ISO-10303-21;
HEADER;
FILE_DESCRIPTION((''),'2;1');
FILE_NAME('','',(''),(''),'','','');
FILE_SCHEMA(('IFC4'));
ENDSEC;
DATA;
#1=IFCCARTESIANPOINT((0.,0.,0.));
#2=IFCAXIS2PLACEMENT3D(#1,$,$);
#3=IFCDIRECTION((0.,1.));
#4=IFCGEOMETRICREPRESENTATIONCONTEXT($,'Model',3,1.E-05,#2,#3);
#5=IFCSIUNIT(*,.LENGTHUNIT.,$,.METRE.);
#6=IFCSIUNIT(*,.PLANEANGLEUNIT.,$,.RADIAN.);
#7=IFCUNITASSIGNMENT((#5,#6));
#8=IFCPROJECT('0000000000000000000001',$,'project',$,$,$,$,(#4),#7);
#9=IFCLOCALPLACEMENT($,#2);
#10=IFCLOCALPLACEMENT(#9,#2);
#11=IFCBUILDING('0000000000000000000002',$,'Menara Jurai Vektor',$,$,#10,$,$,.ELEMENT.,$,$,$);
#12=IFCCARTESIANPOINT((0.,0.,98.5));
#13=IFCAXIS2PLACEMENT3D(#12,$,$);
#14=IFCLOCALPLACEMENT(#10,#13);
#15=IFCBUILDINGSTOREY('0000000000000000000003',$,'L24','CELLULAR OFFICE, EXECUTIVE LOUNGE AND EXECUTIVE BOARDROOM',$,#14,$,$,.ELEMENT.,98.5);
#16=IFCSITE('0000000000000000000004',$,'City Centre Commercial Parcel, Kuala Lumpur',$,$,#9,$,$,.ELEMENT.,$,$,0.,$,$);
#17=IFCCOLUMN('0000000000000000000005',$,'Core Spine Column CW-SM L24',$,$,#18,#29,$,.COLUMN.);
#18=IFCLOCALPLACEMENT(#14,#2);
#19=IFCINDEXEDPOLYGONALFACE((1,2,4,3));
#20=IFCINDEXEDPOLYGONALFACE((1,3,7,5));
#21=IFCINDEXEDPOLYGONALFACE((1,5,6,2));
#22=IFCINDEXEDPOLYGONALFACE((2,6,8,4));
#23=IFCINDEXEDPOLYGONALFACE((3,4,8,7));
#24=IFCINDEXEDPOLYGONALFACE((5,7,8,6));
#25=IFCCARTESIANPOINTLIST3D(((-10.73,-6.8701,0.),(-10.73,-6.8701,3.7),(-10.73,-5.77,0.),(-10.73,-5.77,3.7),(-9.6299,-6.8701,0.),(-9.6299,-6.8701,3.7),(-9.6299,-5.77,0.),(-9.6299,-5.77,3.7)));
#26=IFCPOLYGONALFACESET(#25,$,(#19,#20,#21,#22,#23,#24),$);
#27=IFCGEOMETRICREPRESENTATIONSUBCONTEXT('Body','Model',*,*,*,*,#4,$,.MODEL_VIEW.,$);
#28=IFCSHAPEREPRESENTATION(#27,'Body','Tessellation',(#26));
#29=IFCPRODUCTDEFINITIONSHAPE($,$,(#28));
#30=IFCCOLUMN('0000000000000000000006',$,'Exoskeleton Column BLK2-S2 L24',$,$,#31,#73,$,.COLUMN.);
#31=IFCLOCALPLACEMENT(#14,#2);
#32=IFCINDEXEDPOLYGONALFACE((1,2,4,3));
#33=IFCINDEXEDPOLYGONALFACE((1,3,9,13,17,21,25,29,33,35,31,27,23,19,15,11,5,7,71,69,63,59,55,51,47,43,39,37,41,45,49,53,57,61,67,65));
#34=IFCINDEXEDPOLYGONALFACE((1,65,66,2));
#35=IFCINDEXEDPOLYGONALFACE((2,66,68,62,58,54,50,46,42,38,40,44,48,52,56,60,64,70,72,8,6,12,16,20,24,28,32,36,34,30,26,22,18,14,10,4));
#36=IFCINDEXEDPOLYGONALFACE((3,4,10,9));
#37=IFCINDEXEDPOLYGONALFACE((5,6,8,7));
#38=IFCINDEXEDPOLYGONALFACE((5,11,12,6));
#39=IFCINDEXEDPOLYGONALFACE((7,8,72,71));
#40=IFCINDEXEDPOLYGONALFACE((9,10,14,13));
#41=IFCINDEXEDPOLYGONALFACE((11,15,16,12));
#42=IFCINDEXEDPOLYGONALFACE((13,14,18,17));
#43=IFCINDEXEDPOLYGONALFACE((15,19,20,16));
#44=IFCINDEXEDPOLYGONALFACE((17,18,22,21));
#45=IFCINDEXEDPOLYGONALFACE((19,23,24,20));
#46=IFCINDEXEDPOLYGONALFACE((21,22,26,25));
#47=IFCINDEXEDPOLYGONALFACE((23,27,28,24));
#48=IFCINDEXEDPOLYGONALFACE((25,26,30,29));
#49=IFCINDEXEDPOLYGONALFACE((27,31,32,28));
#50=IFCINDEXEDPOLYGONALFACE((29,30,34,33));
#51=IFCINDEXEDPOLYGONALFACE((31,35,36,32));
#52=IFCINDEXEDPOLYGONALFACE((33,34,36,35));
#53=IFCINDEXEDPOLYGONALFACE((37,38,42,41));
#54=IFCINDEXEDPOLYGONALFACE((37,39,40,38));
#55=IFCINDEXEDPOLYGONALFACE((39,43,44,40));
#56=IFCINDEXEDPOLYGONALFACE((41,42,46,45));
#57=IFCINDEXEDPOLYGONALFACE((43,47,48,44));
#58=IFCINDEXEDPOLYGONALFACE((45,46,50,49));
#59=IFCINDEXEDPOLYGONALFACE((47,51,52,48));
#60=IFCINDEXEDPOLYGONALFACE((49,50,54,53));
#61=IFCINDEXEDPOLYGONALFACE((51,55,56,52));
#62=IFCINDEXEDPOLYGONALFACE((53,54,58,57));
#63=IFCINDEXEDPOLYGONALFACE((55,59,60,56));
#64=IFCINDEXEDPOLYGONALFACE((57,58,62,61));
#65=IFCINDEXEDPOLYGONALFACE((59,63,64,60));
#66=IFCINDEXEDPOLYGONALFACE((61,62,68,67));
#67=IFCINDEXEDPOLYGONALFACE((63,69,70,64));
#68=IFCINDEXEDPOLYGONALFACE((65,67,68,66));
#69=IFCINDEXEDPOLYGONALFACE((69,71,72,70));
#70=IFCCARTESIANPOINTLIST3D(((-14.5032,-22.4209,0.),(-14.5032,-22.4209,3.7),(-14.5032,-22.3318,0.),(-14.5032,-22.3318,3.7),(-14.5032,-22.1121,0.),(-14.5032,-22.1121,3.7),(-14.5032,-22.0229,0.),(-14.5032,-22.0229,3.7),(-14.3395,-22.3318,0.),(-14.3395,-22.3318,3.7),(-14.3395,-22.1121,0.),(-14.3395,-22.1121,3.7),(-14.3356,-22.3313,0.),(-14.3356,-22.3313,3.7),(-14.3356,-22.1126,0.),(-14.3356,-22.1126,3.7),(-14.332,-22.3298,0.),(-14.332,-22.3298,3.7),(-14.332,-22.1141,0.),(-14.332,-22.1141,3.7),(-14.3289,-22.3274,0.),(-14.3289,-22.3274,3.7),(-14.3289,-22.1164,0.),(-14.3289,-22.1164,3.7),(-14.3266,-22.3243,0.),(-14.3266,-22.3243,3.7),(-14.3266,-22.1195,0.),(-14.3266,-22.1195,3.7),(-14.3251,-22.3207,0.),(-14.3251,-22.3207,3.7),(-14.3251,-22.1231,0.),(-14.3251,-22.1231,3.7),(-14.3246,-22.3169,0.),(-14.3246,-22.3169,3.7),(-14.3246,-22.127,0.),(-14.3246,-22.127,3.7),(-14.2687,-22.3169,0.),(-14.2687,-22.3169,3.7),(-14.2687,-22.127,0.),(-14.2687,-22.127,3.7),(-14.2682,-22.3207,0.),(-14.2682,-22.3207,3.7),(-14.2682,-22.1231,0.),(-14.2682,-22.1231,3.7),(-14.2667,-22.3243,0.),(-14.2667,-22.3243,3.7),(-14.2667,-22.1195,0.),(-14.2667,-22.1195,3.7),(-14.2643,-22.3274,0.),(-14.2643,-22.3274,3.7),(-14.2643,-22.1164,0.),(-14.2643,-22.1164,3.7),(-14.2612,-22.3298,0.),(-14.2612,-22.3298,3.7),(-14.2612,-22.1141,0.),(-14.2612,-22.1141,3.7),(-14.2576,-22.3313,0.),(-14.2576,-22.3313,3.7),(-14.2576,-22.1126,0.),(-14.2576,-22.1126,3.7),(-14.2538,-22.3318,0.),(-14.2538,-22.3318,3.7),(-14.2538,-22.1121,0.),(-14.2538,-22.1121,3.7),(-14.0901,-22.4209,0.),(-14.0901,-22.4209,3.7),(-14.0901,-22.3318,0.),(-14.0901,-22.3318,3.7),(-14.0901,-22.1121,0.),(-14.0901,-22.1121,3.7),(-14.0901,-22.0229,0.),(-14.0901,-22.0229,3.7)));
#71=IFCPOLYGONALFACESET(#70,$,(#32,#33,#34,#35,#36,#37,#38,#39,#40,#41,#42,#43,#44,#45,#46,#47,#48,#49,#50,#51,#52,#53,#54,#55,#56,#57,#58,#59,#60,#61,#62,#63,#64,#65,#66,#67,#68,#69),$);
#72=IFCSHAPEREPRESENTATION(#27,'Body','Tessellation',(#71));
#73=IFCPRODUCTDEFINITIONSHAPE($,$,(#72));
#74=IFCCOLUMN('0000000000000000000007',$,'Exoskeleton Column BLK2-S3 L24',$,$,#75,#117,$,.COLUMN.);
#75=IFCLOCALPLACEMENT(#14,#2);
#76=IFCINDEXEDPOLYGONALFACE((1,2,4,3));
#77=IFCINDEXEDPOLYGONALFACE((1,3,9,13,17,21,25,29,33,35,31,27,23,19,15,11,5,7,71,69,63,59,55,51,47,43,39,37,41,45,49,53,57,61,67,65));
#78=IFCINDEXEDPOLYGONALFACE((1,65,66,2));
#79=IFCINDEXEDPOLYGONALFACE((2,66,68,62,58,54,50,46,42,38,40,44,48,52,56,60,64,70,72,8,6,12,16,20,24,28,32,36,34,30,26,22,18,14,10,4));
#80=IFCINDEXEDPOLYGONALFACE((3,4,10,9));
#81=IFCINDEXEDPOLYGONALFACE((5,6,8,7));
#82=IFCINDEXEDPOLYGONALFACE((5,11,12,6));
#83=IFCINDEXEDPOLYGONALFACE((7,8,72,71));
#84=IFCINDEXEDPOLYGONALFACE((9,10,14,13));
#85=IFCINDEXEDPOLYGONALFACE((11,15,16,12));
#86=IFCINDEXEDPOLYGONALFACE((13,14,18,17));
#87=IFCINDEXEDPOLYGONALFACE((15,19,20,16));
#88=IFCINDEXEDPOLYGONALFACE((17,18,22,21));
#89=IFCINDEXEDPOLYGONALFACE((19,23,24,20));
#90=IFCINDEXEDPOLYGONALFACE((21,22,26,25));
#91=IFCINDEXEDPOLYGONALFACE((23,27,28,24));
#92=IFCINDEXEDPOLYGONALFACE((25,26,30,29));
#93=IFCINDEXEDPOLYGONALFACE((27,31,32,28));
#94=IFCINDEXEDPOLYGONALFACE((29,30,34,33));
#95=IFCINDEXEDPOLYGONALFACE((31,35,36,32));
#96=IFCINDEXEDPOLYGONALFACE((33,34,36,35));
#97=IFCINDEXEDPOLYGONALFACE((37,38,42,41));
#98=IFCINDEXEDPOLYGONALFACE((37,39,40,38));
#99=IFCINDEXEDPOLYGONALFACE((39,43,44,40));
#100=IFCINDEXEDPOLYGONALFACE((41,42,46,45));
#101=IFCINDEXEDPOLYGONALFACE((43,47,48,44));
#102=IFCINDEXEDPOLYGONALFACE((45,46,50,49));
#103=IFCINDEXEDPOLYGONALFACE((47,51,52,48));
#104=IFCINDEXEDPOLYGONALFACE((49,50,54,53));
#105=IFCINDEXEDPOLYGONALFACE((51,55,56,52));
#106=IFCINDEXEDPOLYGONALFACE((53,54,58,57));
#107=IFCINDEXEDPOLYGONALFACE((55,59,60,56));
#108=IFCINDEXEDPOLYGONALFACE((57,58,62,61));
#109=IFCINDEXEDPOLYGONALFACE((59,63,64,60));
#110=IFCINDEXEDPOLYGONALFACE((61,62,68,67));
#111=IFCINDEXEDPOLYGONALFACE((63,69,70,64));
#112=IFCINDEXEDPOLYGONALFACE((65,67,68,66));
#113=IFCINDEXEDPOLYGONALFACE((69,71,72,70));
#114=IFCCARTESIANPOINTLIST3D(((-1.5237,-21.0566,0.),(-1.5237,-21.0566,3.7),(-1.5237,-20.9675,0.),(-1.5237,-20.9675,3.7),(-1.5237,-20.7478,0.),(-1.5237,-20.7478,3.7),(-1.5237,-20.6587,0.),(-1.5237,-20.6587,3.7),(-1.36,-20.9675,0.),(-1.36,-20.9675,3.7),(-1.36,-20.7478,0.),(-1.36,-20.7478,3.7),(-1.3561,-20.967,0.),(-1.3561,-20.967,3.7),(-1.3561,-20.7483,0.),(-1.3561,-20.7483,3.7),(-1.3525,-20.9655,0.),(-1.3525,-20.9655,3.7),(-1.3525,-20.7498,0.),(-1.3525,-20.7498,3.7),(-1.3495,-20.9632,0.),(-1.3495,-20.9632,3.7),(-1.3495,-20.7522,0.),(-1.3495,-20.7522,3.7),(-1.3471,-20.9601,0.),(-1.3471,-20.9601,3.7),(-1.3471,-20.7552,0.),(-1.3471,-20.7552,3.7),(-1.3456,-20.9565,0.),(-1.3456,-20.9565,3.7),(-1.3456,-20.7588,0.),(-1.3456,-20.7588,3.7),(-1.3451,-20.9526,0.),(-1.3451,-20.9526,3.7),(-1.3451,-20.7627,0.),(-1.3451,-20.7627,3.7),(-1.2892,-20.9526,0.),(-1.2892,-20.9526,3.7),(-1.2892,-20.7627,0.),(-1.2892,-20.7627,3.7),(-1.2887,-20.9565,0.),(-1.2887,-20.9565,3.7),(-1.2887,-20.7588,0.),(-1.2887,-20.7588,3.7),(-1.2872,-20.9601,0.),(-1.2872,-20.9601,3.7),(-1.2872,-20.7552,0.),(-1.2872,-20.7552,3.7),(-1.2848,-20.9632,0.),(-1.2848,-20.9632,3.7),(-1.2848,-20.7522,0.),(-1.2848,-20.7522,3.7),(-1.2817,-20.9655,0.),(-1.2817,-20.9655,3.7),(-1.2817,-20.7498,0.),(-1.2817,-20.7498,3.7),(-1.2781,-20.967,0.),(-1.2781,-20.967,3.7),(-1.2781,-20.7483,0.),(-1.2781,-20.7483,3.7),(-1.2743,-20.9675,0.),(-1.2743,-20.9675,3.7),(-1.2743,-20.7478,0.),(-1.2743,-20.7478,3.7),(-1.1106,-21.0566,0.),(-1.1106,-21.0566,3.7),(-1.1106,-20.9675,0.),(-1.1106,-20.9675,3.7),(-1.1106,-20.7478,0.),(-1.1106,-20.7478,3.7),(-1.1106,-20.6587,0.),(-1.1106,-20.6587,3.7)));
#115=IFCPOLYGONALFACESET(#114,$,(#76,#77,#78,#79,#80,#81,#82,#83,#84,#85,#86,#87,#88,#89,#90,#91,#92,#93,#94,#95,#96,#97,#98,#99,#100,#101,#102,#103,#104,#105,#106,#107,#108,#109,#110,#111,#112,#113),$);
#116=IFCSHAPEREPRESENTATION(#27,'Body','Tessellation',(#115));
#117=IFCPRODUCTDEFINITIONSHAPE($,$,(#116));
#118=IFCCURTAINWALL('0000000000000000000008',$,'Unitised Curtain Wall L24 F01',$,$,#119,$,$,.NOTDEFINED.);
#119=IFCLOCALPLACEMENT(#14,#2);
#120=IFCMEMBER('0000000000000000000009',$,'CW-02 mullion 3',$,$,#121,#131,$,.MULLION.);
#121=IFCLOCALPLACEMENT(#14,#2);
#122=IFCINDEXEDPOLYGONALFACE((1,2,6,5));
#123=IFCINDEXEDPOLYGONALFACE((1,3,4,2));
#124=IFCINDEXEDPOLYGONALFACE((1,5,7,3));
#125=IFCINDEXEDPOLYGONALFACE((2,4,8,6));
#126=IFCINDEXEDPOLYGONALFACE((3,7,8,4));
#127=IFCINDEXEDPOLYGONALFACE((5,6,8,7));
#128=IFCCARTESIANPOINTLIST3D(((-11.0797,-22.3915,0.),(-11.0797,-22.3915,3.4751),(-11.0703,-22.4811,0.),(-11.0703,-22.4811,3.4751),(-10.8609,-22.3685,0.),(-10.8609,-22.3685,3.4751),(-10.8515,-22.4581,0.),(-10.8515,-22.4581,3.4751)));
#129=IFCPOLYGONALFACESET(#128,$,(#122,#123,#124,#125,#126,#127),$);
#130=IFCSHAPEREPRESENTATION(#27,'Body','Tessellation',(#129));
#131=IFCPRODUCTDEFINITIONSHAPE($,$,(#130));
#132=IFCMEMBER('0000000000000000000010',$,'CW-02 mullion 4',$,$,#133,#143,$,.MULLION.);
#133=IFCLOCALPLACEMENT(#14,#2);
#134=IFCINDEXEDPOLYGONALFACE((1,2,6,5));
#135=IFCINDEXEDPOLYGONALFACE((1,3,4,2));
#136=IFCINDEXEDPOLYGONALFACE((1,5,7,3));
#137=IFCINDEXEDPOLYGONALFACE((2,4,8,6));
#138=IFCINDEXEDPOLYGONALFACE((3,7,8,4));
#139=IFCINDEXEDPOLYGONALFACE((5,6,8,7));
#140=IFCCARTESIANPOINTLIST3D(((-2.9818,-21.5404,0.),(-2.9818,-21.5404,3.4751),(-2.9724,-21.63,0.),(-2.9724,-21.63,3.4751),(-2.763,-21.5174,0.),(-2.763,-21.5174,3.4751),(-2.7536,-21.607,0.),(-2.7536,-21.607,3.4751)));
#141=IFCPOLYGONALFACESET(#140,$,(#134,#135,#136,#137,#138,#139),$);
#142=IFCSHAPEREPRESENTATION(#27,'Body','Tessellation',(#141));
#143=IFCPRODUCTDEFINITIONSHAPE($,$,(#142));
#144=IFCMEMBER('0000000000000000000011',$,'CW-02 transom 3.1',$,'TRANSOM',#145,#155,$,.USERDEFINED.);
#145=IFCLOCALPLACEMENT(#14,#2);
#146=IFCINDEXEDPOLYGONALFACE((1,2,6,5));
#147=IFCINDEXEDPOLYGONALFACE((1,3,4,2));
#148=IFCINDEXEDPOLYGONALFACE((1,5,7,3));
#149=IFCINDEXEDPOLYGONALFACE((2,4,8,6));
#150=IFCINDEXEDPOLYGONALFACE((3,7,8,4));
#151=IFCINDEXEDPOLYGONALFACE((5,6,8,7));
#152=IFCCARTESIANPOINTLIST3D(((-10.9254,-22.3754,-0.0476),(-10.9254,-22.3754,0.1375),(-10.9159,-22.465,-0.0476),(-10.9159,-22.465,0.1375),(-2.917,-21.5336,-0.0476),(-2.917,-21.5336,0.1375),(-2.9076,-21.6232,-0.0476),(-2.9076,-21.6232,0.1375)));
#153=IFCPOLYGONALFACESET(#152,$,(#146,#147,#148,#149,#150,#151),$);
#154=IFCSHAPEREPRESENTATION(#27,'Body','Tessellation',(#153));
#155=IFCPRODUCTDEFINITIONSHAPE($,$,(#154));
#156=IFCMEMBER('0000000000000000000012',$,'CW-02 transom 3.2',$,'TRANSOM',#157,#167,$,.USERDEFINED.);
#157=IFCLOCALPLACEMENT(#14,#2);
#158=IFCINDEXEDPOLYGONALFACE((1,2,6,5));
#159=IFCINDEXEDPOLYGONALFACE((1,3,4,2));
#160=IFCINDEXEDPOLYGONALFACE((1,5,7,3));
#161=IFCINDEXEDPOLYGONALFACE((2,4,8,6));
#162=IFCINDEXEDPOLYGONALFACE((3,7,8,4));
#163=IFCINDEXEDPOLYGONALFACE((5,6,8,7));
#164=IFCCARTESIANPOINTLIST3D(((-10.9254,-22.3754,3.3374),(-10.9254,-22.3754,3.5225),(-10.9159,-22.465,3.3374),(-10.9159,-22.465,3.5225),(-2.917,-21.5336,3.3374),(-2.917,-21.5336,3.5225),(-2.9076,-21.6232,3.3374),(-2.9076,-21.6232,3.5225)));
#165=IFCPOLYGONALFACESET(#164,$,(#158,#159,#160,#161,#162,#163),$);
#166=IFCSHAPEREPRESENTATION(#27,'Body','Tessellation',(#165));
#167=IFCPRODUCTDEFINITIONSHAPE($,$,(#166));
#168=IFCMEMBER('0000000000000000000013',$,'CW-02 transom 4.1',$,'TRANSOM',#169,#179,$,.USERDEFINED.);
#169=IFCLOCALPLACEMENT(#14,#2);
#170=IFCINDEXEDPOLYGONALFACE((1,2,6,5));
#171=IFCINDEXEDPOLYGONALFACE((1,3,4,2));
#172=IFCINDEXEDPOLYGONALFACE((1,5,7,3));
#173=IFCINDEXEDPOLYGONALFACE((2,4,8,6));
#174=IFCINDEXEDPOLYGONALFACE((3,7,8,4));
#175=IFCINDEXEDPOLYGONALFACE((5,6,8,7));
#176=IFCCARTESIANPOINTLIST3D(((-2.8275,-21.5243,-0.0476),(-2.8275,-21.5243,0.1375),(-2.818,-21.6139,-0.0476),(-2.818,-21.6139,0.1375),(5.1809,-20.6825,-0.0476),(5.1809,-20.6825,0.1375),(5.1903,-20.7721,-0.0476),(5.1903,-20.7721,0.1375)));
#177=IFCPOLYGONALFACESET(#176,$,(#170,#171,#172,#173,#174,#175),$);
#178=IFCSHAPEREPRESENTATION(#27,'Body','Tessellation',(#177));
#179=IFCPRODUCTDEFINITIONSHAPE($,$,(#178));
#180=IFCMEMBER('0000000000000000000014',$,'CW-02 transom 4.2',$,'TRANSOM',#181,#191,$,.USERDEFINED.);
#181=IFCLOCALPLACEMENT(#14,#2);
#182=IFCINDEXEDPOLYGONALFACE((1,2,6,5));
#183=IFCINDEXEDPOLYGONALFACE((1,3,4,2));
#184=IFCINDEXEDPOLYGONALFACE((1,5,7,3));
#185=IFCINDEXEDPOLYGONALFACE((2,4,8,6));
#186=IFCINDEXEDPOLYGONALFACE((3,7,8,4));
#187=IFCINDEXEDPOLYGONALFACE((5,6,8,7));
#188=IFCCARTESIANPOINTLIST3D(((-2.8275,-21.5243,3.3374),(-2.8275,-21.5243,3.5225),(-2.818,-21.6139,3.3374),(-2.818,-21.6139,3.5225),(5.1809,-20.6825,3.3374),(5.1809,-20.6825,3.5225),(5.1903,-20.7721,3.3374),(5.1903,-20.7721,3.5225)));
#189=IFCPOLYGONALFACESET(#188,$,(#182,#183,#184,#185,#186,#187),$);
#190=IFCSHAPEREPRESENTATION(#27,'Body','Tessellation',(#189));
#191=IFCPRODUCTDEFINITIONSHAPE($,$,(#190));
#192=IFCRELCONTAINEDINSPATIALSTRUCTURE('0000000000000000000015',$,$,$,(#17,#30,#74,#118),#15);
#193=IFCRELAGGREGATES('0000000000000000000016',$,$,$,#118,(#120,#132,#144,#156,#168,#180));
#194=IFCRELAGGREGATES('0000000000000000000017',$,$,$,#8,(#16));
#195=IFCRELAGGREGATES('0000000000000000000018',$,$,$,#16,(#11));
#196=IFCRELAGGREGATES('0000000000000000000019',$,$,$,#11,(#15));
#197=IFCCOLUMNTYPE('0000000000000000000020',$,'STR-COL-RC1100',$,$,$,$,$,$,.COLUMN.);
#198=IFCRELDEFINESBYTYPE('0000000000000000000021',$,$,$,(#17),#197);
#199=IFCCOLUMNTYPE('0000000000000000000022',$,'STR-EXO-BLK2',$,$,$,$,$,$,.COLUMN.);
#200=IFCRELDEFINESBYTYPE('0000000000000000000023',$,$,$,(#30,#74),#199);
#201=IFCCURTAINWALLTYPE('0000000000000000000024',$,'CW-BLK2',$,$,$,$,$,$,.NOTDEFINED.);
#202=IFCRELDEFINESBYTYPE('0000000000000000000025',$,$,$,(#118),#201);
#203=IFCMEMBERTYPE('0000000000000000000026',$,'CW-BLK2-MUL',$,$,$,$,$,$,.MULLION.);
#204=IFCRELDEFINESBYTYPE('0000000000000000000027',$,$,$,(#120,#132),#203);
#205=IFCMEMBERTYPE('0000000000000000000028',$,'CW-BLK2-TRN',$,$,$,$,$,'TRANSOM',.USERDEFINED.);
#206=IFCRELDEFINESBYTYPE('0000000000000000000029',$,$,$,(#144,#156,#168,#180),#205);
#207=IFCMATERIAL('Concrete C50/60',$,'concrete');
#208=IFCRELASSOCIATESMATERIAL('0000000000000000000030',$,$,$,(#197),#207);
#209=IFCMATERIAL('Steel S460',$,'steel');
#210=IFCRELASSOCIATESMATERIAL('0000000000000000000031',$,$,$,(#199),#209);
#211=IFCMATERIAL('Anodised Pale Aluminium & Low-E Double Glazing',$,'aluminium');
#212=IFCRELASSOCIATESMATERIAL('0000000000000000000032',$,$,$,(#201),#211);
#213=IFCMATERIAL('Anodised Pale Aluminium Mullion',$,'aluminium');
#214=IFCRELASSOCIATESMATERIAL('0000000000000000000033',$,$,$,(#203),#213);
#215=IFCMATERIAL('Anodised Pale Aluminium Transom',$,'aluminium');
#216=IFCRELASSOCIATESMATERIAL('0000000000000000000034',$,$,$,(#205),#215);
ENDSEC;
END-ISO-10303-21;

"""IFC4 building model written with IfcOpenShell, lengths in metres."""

from ifc_helpers import new_model, si_unit, direction, frame, origin, origin_2d, place, context, subcontext, project, spatial, rectangle, i_section, extrude, material, material_profile, profile_set, type_object, element, aggregate, save


model = new_model("IFC4")

# Units and contexts
model_context = context("Model", 3, precision=1e-05, world=origin(), true_north=direction((0.0, 1.0)))
body_context = subcontext(model_context, "Body", "Model", "MODEL_VIEW")
ifc_project = project(units=[si_unit("LENGTHUNIT", "METRE"), si_unit("PLANEANGLEUNIT", "RADIAN")], contexts=[model_context])

# Site, building, storey
site_placement = place(None, origin())
site = spatial("IfcSite", under=ifc_project, at=site_placement, Name="City Centre Commercial Parcel, Kuala Lumpur", CompositionType="ELEMENT", RefElevation=0.0)
building_placement = place(site_placement, origin())
building = spatial("IfcBuilding", under=site, at=building_placement, Name="Menara Jurai Vektor", CompositionType="ELEMENT")
storey_placement = place(building_placement, frame((0.0, 0.0, 98.5)))
storey = spatial("IfcBuildingStorey", under=building, at=storey_placement, Name="L24", Description="CELLULAR OFFICE, EXECUTIVE LOUNGE AND EXECUTIVE BOARDROOM", CompositionType="ELEMENT", Elevation=98.5)

# Columns
ifc_material_1 = material(Name="Concrete C50/60", Category="concrete")
ifc_material_profile_1 = material_profile(ifc_material_1, rectangle(XDim=1.1001, YDim=1.1001, at=origin_2d()), Name="RC 1100x1100")
ifc_profile_set_1 = profile_set([ifc_material_profile_1], Name="Concrete C50/60")
column_type_1 = type_object("IfcColumnType", Name="STR-COL-RC1100", PredefinedType="COLUMN", material=ifc_profile_set_1)
column_placement = place(storey_placement, frame((-10.1799, -6.3201, 0.0), z_axis=(0.0, 0.0, 1.0), x_axis=(1.0, 0.0, 0.0)))
element("IfcColumn", 1, at=column_placement, inside=storey, type_object=column_type_1, Name="Core Spine Column CW-SM L24", PredefinedType="COLUMN", context=body_context, shape_type="SweptSolid", body=[
    extrude(rectangle(XDim=1.1001, YDim=1.1001, at=origin_2d()), origin(), (0.0, 0.0, 1.0), 3.7),
])
ifc_material_2 = material(Name="Steel S460", Category="steel")
ifc_material_profile_2 = material_profile(ifc_material_2, i_section(OverallWidth=0.4131, OverallDepth=0.3979, WebThickness=0.0559, FlangeThickness=0.0891, FilletRadius=0.0149, at=origin_2d()), Name="HD 400x744")
ifc_profile_set_2 = profile_set([ifc_material_profile_2], Name="Steel S460")
column_type_2 = type_object("IfcColumnType", Name="STR-EXO-BLK2", PredefinedType="COLUMN", material=ifc_profile_set_2)
for number, where, z_axis, x_axis, name in (
    (2, (-14.2966, -22.2219, 0.0), (0.0, 0.0, 1.0), (1.0, 0.0, 0.0), "Exoskeleton Column BLK2-S2 L24"),
    (3, (-1.3171, -20.8577, 0.0), (0.0, 0.0, 1.0), (1.0, 0.0, 0.0), "Exoskeleton Column BLK2-S3 L24"),
):
    element("IfcColumn", number, at=place(storey_placement, frame(where, z_axis=z_axis, x_axis=x_axis)), inside=storey, type_object=column_type_2, Name=name, PredefinedType="COLUMN", context=body_context, shape_type="SweptSolid", body=[
        extrude(i_section(OverallWidth=0.4131, OverallDepth=0.3979, WebThickness=0.0559, FlangeThickness=0.0891, FilletRadius=0.0149, at=origin_2d()), origin(), (0.0, 0.0, 1.0), 3.7),
    ])

# Curtain wall, members
ifc_material_3 = material(Name="Anodised Pale Aluminium & Low-E Double Glazing", Category="aluminium")
curtain_wall_type = type_object("IfcCurtainWallType", Name="CW-BLK2", PredefinedType="NOTDEFINED", material=ifc_material_3)
curtain_wall_placement = place(storey_placement, origin())
curtain_wall = element("IfcCurtainWall", 4, at=curtain_wall_placement, inside=storey, type_object=curtain_wall_type, Name="Unitised Curtain Wall L24 F01", PredefinedType="NOTDEFINED")
ifc_material_4 = material(Name="Anodised Pale Aluminium Mullion", Category="aluminium")
ifc_material_profile_3 = material_profile(ifc_material_4, rectangle(XDim=0.0901, YDim=0.22, at=origin_2d()), Name="ALU MUL 90x220")
ifc_profile_set_3 = profile_set([ifc_material_profile_3], Name="Anodised Pale Aluminium Mullion")
member_type_1 = type_object("IfcMemberType", Name="CW-BLK2-MUL", PredefinedType="MULLION", material=ifc_profile_set_3)
member_1_placement = place(storey_placement, frame((-10.9656, -22.4248, 0.0), z_axis=(0.0, 0.0, 1.0), x_axis=(-0.104529, 0.994522, 0.0)))
member_1 = element("IfcMember", 5, at=member_1_placement, type_object=member_type_1, Name="CW-02 mullion 3", PredefinedType="MULLION", context=body_context, shape_type="SweptSolid", body=[
    extrude(rectangle(XDim=0.0901, YDim=0.22, at=origin_2d()), origin(), (0.0, 0.0, 1.0), 3.4751),
])
member_2_placement = place(storey_placement, frame((-2.8677, -21.5737, 0.0), z_axis=(0.0, 0.0, 1.0), x_axis=(-0.104529, 0.994522, 0.0)))
member_2 = element("IfcMember", 6, at=member_2_placement, type_object=member_type_1, Name="CW-02 mullion 4", PredefinedType="MULLION", context=body_context, shape_type="SweptSolid", body=[
    extrude(rectangle(XDim=0.0901, YDim=0.22, at=origin_2d()), origin(), (0.0, 0.0, 1.0), 3.4751),
])
ifc_material_5 = material(Name="Anodised Pale Aluminium Transom", Category="aluminium")
ifc_material_profile_4 = material_profile(ifc_material_5, rectangle(XDim=0.0901, YDim=0.1851, at=origin_2d()), Name="ALU TRN 90x185")
ifc_profile_set_4 = profile_set([ifc_material_profile_4], Name="Anodised Pale Aluminium Transom")
member_type_2 = type_object("IfcMemberType", Name="CW-BLK2-TRN", ElementType="TRANSOM", PredefinedType="USERDEFINED", material=ifc_profile_set_4)
member_3_placement = place(storey_placement, frame((-10.9207, -22.4202, 0.0449), z_axis=(0.994521, 0.10454, 0.0), x_axis=(-0.10454, 0.994521, 0.0)))
member_3 = element("IfcMember", 7, at=member_3_placement, type_object=member_type_2, Name="CW-02 transom 3.1", ObjectType="TRANSOM", PredefinedType="USERDEFINED", context=body_context, shape_type="SweptSolid", body=[
    extrude(rectangle(XDim=0.0901, YDim=0.1851, at=origin_2d()), origin(), (0.0, 0.0, 1.0), 8.0525),
])
member_4_placement = place(storey_placement, frame((-10.9207, -22.4202, 3.4299), z_axis=(0.994521, 0.10454, 0.0), x_axis=(-0.10454, 0.994521, 0.0)))
member_4 = element("IfcMember", 8, at=member_4_placement, type_object=member_type_2, Name="CW-02 transom 3.2", ObjectType="TRANSOM", PredefinedType="USERDEFINED", context=body_context, shape_type="SweptSolid", body=[
    extrude(rectangle(XDim=0.0901, YDim=0.1851, at=origin_2d()), origin(), (0.0, 0.0, 1.0), 8.0525),
])
member_5_placement = place(storey_placement, frame((-2.8228, -21.5691, 0.0449), z_axis=(0.994521, 0.10454, 0.0), x_axis=(-0.10454, 0.994521, 0.0)))
member_5 = element("IfcMember", 9, at=member_5_placement, type_object=member_type_2, Name="CW-02 transom 4.1", ObjectType="TRANSOM", PredefinedType="USERDEFINED", context=body_context, shape_type="SweptSolid", body=[
    extrude(rectangle(XDim=0.0901, YDim=0.1851, at=origin_2d()), origin(), (0.0, 0.0, 1.0), 8.0525),
])
member_6_placement = place(storey_placement, frame((-2.8228, -21.5691, 3.4299), z_axis=(0.994521, 0.10454, 0.0), x_axis=(-0.10454, 0.994521, 0.0)))
member_6 = element("IfcMember", 10, at=member_6_placement, type_object=member_type_2, Name="CW-02 transom 4.2", ObjectType="TRANSOM", PredefinedType="USERDEFINED", context=body_context, shape_type="SweptSolid", body=[
    extrude(rectangle(XDim=0.0901, YDim=0.1851, at=origin_2d()), origin(), (0.0, 0.0, 1.0), 8.0525),
])

aggregate(curtain_wall, [member_1, member_2, member_3, member_4, member_5, member_6])

save(model, "model.ifc")
